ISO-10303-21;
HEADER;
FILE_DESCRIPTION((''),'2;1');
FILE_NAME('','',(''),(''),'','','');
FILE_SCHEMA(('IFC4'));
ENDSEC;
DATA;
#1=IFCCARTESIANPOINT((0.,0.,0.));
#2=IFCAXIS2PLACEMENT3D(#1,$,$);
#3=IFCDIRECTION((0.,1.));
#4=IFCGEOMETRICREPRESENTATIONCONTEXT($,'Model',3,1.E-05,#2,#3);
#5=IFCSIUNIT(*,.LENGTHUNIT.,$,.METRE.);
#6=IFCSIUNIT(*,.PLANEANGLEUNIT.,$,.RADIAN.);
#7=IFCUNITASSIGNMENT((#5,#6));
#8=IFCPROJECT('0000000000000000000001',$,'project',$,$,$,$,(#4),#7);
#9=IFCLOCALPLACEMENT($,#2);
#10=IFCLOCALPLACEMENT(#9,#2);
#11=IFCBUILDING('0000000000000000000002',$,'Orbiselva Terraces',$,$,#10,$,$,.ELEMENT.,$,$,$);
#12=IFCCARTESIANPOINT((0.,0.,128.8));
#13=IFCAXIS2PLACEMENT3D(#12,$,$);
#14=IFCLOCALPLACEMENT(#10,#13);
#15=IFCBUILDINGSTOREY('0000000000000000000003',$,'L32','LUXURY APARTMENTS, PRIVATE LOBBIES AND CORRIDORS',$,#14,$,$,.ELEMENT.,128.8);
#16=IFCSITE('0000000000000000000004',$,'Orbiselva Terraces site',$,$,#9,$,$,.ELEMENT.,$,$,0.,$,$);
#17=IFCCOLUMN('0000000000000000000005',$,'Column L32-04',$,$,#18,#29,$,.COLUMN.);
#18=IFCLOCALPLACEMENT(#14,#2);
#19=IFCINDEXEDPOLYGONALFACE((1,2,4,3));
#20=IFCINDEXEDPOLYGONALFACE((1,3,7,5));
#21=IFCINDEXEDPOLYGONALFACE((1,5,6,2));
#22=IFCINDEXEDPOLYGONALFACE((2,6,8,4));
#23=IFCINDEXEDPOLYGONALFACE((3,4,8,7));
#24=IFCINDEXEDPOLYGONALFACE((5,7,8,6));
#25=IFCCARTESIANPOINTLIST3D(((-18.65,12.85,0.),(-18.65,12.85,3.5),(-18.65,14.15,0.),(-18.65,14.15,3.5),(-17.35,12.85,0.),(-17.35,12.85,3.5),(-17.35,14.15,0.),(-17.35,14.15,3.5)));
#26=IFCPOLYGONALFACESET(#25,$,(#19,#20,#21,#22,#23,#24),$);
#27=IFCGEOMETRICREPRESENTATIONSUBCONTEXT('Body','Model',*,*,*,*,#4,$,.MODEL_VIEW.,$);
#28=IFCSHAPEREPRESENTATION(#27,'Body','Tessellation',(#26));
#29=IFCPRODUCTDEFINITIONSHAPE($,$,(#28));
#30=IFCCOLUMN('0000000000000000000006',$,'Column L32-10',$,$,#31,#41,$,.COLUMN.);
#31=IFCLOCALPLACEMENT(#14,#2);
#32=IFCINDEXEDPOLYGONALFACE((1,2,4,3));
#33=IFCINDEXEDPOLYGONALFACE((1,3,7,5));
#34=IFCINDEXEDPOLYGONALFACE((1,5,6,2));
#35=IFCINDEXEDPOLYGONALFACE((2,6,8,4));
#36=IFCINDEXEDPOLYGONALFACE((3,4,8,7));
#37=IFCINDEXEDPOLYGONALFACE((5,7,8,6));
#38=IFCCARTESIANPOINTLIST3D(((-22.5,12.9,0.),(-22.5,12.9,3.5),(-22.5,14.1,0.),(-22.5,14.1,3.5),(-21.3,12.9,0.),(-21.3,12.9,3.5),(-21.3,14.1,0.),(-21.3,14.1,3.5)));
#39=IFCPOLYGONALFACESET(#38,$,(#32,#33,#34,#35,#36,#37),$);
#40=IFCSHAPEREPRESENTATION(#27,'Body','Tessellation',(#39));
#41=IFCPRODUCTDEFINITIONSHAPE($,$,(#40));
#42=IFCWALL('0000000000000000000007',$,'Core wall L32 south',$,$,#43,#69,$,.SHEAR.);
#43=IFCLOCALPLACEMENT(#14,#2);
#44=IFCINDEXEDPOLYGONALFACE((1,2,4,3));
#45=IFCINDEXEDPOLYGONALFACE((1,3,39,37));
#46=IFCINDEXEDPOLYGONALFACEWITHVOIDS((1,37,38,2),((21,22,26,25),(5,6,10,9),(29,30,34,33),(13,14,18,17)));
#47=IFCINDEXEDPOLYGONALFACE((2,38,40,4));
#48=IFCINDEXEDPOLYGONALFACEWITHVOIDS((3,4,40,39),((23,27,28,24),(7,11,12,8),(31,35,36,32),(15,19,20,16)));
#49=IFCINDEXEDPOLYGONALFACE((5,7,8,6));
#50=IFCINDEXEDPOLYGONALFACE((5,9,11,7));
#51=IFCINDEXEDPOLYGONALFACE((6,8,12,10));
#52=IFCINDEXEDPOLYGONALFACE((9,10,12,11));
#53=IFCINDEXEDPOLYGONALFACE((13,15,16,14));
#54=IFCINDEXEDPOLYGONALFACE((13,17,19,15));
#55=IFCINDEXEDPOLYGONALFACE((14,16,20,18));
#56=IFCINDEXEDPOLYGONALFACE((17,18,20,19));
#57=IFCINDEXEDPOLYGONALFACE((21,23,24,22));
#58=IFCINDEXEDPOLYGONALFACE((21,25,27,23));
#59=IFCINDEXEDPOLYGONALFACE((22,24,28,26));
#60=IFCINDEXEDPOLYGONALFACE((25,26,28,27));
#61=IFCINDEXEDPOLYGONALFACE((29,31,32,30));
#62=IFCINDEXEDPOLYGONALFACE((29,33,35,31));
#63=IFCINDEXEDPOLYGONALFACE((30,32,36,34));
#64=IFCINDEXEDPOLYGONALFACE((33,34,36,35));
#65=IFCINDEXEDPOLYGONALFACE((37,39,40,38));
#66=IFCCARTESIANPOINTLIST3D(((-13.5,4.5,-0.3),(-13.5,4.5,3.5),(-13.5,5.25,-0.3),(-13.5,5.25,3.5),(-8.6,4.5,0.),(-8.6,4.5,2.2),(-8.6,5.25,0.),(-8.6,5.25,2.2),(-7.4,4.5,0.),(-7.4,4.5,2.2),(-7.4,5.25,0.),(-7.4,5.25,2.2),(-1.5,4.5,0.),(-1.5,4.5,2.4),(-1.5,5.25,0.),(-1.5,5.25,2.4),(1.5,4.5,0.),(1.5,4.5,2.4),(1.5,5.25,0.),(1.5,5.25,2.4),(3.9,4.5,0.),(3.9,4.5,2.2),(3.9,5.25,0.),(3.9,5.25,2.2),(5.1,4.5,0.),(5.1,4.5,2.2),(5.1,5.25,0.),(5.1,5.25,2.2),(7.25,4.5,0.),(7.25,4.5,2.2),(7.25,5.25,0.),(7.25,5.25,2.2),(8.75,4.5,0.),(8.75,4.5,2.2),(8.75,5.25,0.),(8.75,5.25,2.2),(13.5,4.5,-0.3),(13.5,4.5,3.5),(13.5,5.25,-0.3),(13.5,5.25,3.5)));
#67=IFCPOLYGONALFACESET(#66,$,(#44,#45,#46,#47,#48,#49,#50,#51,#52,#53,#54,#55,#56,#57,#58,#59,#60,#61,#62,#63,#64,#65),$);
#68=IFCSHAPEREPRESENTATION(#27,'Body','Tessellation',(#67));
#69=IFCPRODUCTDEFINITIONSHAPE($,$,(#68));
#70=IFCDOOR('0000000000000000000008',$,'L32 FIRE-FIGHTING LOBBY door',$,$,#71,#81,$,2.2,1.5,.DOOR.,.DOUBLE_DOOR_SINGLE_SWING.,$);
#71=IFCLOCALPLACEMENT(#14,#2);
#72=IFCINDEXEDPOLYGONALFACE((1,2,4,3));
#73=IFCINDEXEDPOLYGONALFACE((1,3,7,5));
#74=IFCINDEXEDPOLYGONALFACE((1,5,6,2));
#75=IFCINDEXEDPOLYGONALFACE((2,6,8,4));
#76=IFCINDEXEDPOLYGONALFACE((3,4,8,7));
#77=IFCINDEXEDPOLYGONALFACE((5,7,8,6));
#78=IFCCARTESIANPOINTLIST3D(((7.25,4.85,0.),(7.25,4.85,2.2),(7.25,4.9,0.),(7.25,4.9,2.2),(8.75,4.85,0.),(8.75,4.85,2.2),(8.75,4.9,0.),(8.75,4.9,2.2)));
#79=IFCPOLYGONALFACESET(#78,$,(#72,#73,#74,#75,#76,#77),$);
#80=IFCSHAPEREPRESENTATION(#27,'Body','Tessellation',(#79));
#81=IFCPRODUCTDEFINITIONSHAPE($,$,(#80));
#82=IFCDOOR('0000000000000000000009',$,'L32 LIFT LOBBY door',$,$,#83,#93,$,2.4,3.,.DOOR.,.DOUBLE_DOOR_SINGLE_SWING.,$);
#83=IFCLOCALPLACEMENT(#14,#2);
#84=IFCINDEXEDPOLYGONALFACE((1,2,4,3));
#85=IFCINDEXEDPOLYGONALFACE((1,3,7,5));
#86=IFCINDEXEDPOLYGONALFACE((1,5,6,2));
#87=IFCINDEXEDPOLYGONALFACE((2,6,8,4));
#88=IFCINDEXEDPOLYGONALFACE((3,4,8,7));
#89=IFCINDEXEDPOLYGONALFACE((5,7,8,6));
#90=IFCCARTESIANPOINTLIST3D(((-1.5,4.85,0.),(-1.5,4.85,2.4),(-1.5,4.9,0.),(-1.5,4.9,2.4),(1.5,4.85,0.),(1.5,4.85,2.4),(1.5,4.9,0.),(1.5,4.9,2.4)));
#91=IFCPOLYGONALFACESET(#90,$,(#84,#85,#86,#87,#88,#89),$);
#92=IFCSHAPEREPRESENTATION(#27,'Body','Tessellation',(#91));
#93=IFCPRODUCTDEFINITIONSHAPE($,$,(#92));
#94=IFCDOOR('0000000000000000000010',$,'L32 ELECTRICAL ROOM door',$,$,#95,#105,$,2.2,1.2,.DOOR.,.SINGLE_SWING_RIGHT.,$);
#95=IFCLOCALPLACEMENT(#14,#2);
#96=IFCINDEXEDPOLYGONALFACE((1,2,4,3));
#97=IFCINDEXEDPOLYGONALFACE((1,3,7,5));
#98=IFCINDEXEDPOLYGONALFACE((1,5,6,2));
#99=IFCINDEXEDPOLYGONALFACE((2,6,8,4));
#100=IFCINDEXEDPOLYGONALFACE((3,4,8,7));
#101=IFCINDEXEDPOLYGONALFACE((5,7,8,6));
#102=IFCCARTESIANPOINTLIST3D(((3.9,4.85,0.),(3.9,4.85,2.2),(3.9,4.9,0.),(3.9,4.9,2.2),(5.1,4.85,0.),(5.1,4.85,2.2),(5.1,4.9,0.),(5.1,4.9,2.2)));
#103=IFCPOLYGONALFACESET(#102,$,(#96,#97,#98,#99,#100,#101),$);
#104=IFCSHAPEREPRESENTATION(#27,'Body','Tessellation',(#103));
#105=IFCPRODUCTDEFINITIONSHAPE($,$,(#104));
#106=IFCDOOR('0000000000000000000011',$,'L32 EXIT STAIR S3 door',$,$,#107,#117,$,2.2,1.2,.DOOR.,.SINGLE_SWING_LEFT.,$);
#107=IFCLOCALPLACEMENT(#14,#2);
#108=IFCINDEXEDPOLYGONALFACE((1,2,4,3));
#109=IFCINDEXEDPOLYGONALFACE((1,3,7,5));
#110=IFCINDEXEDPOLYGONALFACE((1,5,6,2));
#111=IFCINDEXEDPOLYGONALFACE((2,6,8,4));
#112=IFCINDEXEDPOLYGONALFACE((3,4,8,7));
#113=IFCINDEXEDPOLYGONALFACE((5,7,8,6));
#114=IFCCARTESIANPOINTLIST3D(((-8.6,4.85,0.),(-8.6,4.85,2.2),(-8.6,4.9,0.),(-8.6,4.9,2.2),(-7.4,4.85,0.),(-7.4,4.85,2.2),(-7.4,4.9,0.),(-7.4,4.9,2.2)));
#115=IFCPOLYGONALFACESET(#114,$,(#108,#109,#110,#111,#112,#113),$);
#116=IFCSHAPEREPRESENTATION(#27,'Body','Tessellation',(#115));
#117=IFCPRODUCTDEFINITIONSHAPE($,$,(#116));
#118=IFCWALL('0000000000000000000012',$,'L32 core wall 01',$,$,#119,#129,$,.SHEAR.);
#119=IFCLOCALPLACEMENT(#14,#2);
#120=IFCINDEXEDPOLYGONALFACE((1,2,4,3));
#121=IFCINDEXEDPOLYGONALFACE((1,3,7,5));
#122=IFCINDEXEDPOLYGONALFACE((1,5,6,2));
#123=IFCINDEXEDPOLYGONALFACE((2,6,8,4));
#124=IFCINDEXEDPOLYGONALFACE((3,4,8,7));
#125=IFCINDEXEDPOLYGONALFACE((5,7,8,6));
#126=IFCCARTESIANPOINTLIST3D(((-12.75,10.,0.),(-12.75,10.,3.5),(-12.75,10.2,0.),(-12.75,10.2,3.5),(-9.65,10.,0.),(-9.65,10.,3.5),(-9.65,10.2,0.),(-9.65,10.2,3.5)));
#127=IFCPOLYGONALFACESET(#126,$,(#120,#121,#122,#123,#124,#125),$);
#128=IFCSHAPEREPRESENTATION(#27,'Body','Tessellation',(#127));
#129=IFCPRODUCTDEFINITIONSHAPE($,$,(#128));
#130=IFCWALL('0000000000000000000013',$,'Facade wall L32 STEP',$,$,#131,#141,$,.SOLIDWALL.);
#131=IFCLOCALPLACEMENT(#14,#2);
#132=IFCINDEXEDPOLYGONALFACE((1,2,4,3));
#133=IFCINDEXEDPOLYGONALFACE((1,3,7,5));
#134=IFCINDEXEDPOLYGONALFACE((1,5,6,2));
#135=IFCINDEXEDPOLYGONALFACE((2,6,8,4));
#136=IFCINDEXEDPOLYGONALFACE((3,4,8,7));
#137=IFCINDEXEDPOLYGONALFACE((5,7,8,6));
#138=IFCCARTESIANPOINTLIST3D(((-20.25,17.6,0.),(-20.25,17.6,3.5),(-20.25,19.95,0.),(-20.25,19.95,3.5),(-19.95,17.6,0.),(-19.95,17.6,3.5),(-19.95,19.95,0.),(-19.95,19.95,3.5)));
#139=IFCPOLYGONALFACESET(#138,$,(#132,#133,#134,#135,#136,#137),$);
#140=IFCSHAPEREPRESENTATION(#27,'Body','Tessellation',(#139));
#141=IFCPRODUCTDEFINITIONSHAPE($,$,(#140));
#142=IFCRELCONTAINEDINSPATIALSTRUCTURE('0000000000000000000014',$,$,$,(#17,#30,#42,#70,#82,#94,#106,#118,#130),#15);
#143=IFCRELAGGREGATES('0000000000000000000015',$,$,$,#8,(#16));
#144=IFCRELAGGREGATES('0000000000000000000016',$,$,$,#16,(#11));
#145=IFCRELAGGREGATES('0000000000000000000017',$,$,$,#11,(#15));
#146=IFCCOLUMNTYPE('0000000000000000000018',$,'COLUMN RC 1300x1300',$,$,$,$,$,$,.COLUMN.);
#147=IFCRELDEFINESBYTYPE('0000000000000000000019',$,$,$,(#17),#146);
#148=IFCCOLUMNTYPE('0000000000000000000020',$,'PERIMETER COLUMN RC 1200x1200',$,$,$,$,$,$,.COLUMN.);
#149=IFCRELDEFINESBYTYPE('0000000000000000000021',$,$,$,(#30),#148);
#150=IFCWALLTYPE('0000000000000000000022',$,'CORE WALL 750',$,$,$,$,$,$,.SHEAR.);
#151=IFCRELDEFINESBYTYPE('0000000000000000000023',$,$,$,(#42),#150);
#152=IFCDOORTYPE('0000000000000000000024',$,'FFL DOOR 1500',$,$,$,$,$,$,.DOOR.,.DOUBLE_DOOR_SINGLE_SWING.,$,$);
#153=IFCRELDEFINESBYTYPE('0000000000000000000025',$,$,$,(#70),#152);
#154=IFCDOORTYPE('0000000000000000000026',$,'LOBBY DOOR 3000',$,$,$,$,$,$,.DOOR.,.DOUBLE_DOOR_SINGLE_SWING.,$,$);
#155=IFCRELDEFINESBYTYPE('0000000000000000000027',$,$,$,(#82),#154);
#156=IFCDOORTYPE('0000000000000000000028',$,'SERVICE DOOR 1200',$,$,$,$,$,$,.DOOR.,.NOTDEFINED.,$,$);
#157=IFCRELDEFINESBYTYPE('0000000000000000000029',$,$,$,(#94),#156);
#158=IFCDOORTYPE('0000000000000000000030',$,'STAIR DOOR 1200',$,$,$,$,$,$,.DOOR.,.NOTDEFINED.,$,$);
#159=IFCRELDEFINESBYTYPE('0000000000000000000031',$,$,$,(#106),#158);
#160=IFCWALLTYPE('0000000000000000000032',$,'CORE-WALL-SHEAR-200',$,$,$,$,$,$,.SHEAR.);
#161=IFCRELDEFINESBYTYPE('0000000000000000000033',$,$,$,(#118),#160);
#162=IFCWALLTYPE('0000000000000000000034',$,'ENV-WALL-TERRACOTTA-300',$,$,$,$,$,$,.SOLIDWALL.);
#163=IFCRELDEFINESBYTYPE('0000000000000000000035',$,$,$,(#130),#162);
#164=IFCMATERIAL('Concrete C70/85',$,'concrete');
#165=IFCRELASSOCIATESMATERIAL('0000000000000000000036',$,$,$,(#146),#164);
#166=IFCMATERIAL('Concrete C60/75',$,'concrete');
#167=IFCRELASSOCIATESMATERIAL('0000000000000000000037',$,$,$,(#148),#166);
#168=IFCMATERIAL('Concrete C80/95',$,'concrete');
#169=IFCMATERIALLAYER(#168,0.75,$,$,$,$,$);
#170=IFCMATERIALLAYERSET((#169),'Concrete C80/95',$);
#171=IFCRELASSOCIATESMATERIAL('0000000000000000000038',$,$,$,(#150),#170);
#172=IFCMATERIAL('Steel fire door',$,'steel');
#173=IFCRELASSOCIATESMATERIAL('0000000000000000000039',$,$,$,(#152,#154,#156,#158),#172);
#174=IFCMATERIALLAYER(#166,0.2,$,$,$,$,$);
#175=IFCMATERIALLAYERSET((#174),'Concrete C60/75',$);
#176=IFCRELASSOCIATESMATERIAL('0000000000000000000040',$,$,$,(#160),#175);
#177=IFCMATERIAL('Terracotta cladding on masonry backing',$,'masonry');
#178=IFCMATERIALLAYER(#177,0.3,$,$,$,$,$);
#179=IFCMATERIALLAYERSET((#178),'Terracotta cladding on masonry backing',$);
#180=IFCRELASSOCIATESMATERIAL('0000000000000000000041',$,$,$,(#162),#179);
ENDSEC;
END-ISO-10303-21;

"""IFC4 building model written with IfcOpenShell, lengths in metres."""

from ifc_helpers import new_model, si_unit, direction, frame, frame_2d, origin, origin_2d, place, context, subcontext, project, spatial, rectangle, extrude, material, layer, layer_set, material_profile, profile_set, type_object, element, fill, save


model = new_model("IFC4")

# Units and contexts
model_context = context("Model", 3, precision=1e-05, world=origin(), true_north=direction((0.0, 1.0)))
body_context = subcontext(model_context, "Body", "Model", "MODEL_VIEW")
ifc_project = project(units=[si_unit("LENGTHUNIT", "METRE"), si_unit("PLANEANGLEUNIT", "RADIAN")], contexts=[model_context])

# Site, building, storey
site_placement = place(None, origin())
site = spatial("IfcSite", under=ifc_project, at=site_placement, Name="Orbiselva Terraces site", CompositionType="ELEMENT", RefElevation=0.0)
building_placement = place(site_placement, origin())
building = spatial("IfcBuilding", under=site, at=building_placement, Name="Orbiselva Terraces", CompositionType="ELEMENT")
storey_placement = place(building_placement, frame((0.0, 0.0, 128.8)))
storey = spatial("IfcBuildingStorey", under=building, at=storey_placement, Name="L32", Description="LUXURY APARTMENTS, PRIVATE LOBBIES AND CORRIDORS", CompositionType="ELEMENT", Elevation=128.8)

# Columns
ifc_material_1 = material(Name="Concrete C70/85", Category="concrete")
ifc_material_profile_1 = material_profile(ifc_material_1, rectangle(XDim=1.3, YDim=1.3, at=origin_2d()), Name="RC 1300x1300")
ifc_profile_set_1 = profile_set([ifc_material_profile_1], Name="Concrete C70/85")
column_type_1 = type_object("IfcColumnType", Name="COLUMN RC 1300x1300", PredefinedType="COLUMN", material=ifc_profile_set_1)
column_1_placement = place(storey_placement, frame((-18.0, 13.5, 0.0), z_axis=(0.0, 0.0, 1.0), x_axis=(1.0, 0.0, 0.0)))
element("IfcColumn", 1, at=column_1_placement, inside=storey, type_object=column_type_1, Name="Column L32-04", PredefinedType="COLUMN", context=body_context, shape_type="SweptSolid", body=[
    extrude(rectangle(XDim=1.3, YDim=1.3, at=origin_2d()), origin(), (0.0, 0.0, 1.0), 3.5),
])
ifc_material_2 = material(Name="Concrete C60/75", Category="concrete")
ifc_material_profile_2 = material_profile(ifc_material_2, rectangle(XDim=1.2, YDim=1.2, at=origin_2d()), Name="RC 1200x1200")
ifc_profile_set_2 = profile_set([ifc_material_profile_2], Name="Concrete C60/75")
column_type_2 = type_object("IfcColumnType", Name="PERIMETER COLUMN RC 1200x1200", PredefinedType="COLUMN", material=ifc_profile_set_2)
column_2_placement = place(storey_placement, frame((-21.9, 13.5, 0.0), z_axis=(0.0, 0.0, 1.0), x_axis=(1.0, 0.0, 0.0)))
element("IfcColumn", 2, at=column_2_placement, inside=storey, type_object=column_type_2, Name="Column L32-10", PredefinedType="COLUMN", context=body_context, shape_type="SweptSolid", body=[
    extrude(rectangle(XDim=1.2, YDim=1.2, at=origin_2d()), origin(), (0.0, 0.0, 1.0), 3.5),
])

# Wall, openings, doors
ifc_material_3 = material(Name="Concrete C80/95", Category="concrete")
ifc_layer_1 = layer(ifc_material_3, 0.75)
ifc_layer_set_1 = layer_set([ifc_layer_1], Name="Concrete C80/95")
wall_type_1 = type_object("IfcWallType", Name="CORE WALL 750", PredefinedType="SHEAR", material=ifc_layer_set_1)
wall_1_placement = place(storey_placement, frame((-13.5, 4.875, -0.3), z_axis=(0.0, 0.0, 1.0), x_axis=(1.0, 0.0, 0.0)))
wall_1 = element("IfcWall", 3, at=wall_1_placement, inside=storey, type_object=wall_type_1, Name="Core wall L32 south", PredefinedType="SHEAR", context=body_context, shape_type="SweptSolid", body=[
    extrude(rectangle(XDim=27.0, YDim=0.75, at=frame_2d((13.5, 0.0))), origin(), (0.0, 0.0, 1.0), 3.8),
])
opening_1_placement = place(wall_1_placement, frame((12.0, 0.0, 0.3)))
opening_1 = element("IfcOpeningElement", 4, at=opening_1_placement, cuts=wall_1, PredefinedType="OPENING", context=body_context, shape_type="SweptSolid", body=[
    extrude(rectangle(XDim=3.0, YDim=2.4, at=frame_2d((1.5, 1.2))), frame((0.0, 0.385, 0.0), z_axis=(0.0, -1.0, 0.0), x_axis=(1.0, 0.0, 0.0)), (0.0, 0.0, 1.0), 0.77),
])
opening_2_placement = place(wall_1_placement, frame((4.9, 0.0, 0.3)))
opening_2 = element("IfcOpeningElement", 5, at=opening_2_placement, cuts=wall_1, PredefinedType="OPENING", context=body_context, shape_type="SweptSolid", body=[
    extrude(rectangle(XDim=1.2, YDim=2.2, at=frame_2d((0.6, 1.1))), frame((0.0, 0.385, 0.0), z_axis=(0.0, -1.0, 0.0), x_axis=(1.0, 0.0, 0.0)), (0.0, 0.0, 1.0), 0.77),
])
opening_3_placement = place(wall_1_placement, frame((20.75, 0.0, 0.3)))
opening_3 = element("IfcOpeningElement", 6, at=opening_3_placement, cuts=wall_1, PredefinedType="OPENING", context=body_context, shape_type="SweptSolid", body=[
    extrude(rectangle(XDim=1.5, YDim=2.2, at=frame_2d((0.75, 1.1))), frame((0.0, 0.385, 0.0), z_axis=(0.0, -1.0, 0.0), x_axis=(1.0, 0.0, 0.0)), (0.0, 0.0, 1.0), 0.77),
])
opening_4_placement = place(wall_1_placement, frame((17.4, 0.0, 0.3)))
opening_4 = element("IfcOpeningElement", 7, at=opening_4_placement, cuts=wall_1, PredefinedType="OPENING", context=body_context, shape_type="SweptSolid", body=[
    extrude(rectangle(XDim=1.2, YDim=2.2, at=frame_2d((0.6, 1.1))), frame((0.0, 0.385, 0.0), z_axis=(0.0, -1.0, 0.0), x_axis=(1.0, 0.0, 0.0)), (0.0, 0.0, 1.0), 0.77),
])
ifc_material_4 = material(Name="Steel fire door", Category="steel")
door_type_1 = type_object("IfcDoorType", Name="FFL DOOR 1500", OperationType="DOUBLE_DOOR_SINGLE_SWING", PredefinedType="DOOR", material=ifc_material_4)
door_1_placement = place(opening_3_placement, frame((1.5, 0.0, 0.0), z_axis=(0.0, 0.0, 1.0), x_axis=(-1.0, 0.0, 0.0)))
door_1 = element("IfcDoor", 8, at=door_1_placement, inside=storey, type_object=door_type_1, Name="L32 FIRE-FIGHTING LOBBY door", OperationType="DOUBLE_DOOR_SINGLE_SWING", OverallHeight=2.2, OverallWidth=1.5, PredefinedType="DOOR", context=body_context, shape_type="SweptSolid", body=[
    extrude(rectangle(XDim=1.5, YDim=2.2, at=frame_2d((0.75, 1.1))), frame((0.0, 0.025, 0.0), z_axis=(0.0, -1.0, 0.0), x_axis=(1.0, 0.0, 0.0)), (0.0, 0.0, 1.0), 0.05),
])
fill(opening_3, door_1)
door_type_2 = type_object("IfcDoorType", Name="LOBBY DOOR 3000", OperationType="DOUBLE_DOOR_SINGLE_SWING", PredefinedType="DOOR", material=ifc_material_4)
door_2_placement = place(opening_1_placement, frame((3.0, 0.0, 0.0), z_axis=(0.0, 0.0, 1.0), x_axis=(-1.0, 0.0, 0.0)))
door_2 = element("IfcDoor", 9, at=door_2_placement, inside=storey, type_object=door_type_2, Name="L32 LIFT LOBBY door", OperationType="DOUBLE_DOOR_SINGLE_SWING", OverallHeight=2.4, OverallWidth=3.0, PredefinedType="DOOR", context=body_context, shape_type="SweptSolid", body=[
    extrude(rectangle(XDim=3.0, YDim=2.4, at=frame_2d((1.5, 1.2))), frame((0.0, 0.025, 0.0), z_axis=(0.0, -1.0, 0.0), x_axis=(1.0, 0.0, 0.0)), (0.0, 0.0, 1.0), 0.05),
])
fill(opening_1, door_2)
door_type_3 = type_object("IfcDoorType", Name="SERVICE DOOR 1200", OperationType="NOTDEFINED", PredefinedType="DOOR", material=ifc_material_4)
door_3_placement = place(opening_4_placement, frame((1.2, 0.0, 0.0), z_axis=(0.0, 0.0, 1.0), x_axis=(-1.0, 0.0, 0.0)))
door_3 = element("IfcDoor", 10, at=door_3_placement, inside=storey, type_object=door_type_3, Name="L32 ELECTRICAL ROOM door", OperationType="SINGLE_SWING_RIGHT", OverallHeight=2.2, OverallWidth=1.2, PredefinedType="DOOR", context=body_context, shape_type="SweptSolid", body=[
    extrude(rectangle(XDim=1.2, YDim=2.2, at=frame_2d((0.6, 1.1))), frame((0.0, 0.025, 0.0), z_axis=(0.0, -1.0, 0.0), x_axis=(1.0, 0.0, 0.0)), (0.0, 0.0, 1.0), 0.05),
])
fill(opening_4, door_3)
door_type_4 = type_object("IfcDoorType", Name="STAIR DOOR 1200", OperationType="NOTDEFINED", PredefinedType="DOOR", material=ifc_material_4)
door_4_placement = place(opening_2_placement, frame((1.2, 0.0, 0.0), z_axis=(0.0, 0.0, 1.0), x_axis=(-1.0, 0.0, 0.0)))
door_4 = element("IfcDoor", 11, at=door_4_placement, inside=storey, type_object=door_type_4, Name="L32 EXIT STAIR S3 door", OperationType="SINGLE_SWING_LEFT", OverallHeight=2.2, OverallWidth=1.2, PredefinedType="DOOR", context=body_context, shape_type="SweptSolid", body=[
    extrude(rectangle(XDim=1.2, YDim=2.2, at=frame_2d((0.6, 1.1))), frame((0.0, 0.025, 0.0), z_axis=(0.0, -1.0, 0.0), x_axis=(1.0, 0.0, 0.0)), (0.0, 0.0, 1.0), 0.05),
])
fill(opening_2, door_4)

# Walls
ifc_layer_2 = layer(ifc_material_2, 0.2)
ifc_layer_set_2 = layer_set([ifc_layer_2], Name="Concrete C60/75")
wall_type_2 = type_object("IfcWallType", Name="CORE-WALL-SHEAR-200", PredefinedType="SHEAR", material=ifc_layer_set_2)
wall_2_placement = place(storey_placement, frame((-12.75, 10.1, 0.0), z_axis=(0.0, 0.0, 1.0), x_axis=(1.0, 0.0, 0.0)))
element("IfcWall", 12, at=wall_2_placement, inside=storey, type_object=wall_type_2, Name="L32 core wall 01", PredefinedType="SHEAR", context=body_context, shape_type="SweptSolid", body=[
    extrude(rectangle(XDim=3.1, YDim=0.2, at=frame_2d((1.55, 0.0))), origin(), (0.0, 0.0, 1.0), 3.5),
])
ifc_material_5 = material(Name="Terracotta cladding on masonry backing", Category="masonry")
ifc_layer_3 = layer(ifc_material_5, 0.3)
ifc_layer_set_3 = layer_set([ifc_layer_3], Name="Terracotta cladding on masonry backing")
wall_type_3 = type_object("IfcWallType", Name="ENV-WALL-TERRACOTTA-300", PredefinedType="SOLIDWALL", material=ifc_layer_set_3)
wall_3_placement = place(storey_placement, frame((-20.1, 17.6, 0.0), z_axis=(0.0, 0.0, 1.0), x_axis=(0.0, 1.0, 0.0)))
element("IfcWall", 13, at=wall_3_placement, inside=storey, type_object=wall_type_3, Name="Facade wall L32 STEP", PredefinedType="SOLIDWALL", context=body_context, shape_type="SweptSolid", body=[
    extrude(rectangle(XDim=2.35, YDim=0.3, at=frame_2d((1.175, 0.0))), origin(), (0.0, 0.0, 1.0), 3.5),
])

save(model, "model.ifc")
